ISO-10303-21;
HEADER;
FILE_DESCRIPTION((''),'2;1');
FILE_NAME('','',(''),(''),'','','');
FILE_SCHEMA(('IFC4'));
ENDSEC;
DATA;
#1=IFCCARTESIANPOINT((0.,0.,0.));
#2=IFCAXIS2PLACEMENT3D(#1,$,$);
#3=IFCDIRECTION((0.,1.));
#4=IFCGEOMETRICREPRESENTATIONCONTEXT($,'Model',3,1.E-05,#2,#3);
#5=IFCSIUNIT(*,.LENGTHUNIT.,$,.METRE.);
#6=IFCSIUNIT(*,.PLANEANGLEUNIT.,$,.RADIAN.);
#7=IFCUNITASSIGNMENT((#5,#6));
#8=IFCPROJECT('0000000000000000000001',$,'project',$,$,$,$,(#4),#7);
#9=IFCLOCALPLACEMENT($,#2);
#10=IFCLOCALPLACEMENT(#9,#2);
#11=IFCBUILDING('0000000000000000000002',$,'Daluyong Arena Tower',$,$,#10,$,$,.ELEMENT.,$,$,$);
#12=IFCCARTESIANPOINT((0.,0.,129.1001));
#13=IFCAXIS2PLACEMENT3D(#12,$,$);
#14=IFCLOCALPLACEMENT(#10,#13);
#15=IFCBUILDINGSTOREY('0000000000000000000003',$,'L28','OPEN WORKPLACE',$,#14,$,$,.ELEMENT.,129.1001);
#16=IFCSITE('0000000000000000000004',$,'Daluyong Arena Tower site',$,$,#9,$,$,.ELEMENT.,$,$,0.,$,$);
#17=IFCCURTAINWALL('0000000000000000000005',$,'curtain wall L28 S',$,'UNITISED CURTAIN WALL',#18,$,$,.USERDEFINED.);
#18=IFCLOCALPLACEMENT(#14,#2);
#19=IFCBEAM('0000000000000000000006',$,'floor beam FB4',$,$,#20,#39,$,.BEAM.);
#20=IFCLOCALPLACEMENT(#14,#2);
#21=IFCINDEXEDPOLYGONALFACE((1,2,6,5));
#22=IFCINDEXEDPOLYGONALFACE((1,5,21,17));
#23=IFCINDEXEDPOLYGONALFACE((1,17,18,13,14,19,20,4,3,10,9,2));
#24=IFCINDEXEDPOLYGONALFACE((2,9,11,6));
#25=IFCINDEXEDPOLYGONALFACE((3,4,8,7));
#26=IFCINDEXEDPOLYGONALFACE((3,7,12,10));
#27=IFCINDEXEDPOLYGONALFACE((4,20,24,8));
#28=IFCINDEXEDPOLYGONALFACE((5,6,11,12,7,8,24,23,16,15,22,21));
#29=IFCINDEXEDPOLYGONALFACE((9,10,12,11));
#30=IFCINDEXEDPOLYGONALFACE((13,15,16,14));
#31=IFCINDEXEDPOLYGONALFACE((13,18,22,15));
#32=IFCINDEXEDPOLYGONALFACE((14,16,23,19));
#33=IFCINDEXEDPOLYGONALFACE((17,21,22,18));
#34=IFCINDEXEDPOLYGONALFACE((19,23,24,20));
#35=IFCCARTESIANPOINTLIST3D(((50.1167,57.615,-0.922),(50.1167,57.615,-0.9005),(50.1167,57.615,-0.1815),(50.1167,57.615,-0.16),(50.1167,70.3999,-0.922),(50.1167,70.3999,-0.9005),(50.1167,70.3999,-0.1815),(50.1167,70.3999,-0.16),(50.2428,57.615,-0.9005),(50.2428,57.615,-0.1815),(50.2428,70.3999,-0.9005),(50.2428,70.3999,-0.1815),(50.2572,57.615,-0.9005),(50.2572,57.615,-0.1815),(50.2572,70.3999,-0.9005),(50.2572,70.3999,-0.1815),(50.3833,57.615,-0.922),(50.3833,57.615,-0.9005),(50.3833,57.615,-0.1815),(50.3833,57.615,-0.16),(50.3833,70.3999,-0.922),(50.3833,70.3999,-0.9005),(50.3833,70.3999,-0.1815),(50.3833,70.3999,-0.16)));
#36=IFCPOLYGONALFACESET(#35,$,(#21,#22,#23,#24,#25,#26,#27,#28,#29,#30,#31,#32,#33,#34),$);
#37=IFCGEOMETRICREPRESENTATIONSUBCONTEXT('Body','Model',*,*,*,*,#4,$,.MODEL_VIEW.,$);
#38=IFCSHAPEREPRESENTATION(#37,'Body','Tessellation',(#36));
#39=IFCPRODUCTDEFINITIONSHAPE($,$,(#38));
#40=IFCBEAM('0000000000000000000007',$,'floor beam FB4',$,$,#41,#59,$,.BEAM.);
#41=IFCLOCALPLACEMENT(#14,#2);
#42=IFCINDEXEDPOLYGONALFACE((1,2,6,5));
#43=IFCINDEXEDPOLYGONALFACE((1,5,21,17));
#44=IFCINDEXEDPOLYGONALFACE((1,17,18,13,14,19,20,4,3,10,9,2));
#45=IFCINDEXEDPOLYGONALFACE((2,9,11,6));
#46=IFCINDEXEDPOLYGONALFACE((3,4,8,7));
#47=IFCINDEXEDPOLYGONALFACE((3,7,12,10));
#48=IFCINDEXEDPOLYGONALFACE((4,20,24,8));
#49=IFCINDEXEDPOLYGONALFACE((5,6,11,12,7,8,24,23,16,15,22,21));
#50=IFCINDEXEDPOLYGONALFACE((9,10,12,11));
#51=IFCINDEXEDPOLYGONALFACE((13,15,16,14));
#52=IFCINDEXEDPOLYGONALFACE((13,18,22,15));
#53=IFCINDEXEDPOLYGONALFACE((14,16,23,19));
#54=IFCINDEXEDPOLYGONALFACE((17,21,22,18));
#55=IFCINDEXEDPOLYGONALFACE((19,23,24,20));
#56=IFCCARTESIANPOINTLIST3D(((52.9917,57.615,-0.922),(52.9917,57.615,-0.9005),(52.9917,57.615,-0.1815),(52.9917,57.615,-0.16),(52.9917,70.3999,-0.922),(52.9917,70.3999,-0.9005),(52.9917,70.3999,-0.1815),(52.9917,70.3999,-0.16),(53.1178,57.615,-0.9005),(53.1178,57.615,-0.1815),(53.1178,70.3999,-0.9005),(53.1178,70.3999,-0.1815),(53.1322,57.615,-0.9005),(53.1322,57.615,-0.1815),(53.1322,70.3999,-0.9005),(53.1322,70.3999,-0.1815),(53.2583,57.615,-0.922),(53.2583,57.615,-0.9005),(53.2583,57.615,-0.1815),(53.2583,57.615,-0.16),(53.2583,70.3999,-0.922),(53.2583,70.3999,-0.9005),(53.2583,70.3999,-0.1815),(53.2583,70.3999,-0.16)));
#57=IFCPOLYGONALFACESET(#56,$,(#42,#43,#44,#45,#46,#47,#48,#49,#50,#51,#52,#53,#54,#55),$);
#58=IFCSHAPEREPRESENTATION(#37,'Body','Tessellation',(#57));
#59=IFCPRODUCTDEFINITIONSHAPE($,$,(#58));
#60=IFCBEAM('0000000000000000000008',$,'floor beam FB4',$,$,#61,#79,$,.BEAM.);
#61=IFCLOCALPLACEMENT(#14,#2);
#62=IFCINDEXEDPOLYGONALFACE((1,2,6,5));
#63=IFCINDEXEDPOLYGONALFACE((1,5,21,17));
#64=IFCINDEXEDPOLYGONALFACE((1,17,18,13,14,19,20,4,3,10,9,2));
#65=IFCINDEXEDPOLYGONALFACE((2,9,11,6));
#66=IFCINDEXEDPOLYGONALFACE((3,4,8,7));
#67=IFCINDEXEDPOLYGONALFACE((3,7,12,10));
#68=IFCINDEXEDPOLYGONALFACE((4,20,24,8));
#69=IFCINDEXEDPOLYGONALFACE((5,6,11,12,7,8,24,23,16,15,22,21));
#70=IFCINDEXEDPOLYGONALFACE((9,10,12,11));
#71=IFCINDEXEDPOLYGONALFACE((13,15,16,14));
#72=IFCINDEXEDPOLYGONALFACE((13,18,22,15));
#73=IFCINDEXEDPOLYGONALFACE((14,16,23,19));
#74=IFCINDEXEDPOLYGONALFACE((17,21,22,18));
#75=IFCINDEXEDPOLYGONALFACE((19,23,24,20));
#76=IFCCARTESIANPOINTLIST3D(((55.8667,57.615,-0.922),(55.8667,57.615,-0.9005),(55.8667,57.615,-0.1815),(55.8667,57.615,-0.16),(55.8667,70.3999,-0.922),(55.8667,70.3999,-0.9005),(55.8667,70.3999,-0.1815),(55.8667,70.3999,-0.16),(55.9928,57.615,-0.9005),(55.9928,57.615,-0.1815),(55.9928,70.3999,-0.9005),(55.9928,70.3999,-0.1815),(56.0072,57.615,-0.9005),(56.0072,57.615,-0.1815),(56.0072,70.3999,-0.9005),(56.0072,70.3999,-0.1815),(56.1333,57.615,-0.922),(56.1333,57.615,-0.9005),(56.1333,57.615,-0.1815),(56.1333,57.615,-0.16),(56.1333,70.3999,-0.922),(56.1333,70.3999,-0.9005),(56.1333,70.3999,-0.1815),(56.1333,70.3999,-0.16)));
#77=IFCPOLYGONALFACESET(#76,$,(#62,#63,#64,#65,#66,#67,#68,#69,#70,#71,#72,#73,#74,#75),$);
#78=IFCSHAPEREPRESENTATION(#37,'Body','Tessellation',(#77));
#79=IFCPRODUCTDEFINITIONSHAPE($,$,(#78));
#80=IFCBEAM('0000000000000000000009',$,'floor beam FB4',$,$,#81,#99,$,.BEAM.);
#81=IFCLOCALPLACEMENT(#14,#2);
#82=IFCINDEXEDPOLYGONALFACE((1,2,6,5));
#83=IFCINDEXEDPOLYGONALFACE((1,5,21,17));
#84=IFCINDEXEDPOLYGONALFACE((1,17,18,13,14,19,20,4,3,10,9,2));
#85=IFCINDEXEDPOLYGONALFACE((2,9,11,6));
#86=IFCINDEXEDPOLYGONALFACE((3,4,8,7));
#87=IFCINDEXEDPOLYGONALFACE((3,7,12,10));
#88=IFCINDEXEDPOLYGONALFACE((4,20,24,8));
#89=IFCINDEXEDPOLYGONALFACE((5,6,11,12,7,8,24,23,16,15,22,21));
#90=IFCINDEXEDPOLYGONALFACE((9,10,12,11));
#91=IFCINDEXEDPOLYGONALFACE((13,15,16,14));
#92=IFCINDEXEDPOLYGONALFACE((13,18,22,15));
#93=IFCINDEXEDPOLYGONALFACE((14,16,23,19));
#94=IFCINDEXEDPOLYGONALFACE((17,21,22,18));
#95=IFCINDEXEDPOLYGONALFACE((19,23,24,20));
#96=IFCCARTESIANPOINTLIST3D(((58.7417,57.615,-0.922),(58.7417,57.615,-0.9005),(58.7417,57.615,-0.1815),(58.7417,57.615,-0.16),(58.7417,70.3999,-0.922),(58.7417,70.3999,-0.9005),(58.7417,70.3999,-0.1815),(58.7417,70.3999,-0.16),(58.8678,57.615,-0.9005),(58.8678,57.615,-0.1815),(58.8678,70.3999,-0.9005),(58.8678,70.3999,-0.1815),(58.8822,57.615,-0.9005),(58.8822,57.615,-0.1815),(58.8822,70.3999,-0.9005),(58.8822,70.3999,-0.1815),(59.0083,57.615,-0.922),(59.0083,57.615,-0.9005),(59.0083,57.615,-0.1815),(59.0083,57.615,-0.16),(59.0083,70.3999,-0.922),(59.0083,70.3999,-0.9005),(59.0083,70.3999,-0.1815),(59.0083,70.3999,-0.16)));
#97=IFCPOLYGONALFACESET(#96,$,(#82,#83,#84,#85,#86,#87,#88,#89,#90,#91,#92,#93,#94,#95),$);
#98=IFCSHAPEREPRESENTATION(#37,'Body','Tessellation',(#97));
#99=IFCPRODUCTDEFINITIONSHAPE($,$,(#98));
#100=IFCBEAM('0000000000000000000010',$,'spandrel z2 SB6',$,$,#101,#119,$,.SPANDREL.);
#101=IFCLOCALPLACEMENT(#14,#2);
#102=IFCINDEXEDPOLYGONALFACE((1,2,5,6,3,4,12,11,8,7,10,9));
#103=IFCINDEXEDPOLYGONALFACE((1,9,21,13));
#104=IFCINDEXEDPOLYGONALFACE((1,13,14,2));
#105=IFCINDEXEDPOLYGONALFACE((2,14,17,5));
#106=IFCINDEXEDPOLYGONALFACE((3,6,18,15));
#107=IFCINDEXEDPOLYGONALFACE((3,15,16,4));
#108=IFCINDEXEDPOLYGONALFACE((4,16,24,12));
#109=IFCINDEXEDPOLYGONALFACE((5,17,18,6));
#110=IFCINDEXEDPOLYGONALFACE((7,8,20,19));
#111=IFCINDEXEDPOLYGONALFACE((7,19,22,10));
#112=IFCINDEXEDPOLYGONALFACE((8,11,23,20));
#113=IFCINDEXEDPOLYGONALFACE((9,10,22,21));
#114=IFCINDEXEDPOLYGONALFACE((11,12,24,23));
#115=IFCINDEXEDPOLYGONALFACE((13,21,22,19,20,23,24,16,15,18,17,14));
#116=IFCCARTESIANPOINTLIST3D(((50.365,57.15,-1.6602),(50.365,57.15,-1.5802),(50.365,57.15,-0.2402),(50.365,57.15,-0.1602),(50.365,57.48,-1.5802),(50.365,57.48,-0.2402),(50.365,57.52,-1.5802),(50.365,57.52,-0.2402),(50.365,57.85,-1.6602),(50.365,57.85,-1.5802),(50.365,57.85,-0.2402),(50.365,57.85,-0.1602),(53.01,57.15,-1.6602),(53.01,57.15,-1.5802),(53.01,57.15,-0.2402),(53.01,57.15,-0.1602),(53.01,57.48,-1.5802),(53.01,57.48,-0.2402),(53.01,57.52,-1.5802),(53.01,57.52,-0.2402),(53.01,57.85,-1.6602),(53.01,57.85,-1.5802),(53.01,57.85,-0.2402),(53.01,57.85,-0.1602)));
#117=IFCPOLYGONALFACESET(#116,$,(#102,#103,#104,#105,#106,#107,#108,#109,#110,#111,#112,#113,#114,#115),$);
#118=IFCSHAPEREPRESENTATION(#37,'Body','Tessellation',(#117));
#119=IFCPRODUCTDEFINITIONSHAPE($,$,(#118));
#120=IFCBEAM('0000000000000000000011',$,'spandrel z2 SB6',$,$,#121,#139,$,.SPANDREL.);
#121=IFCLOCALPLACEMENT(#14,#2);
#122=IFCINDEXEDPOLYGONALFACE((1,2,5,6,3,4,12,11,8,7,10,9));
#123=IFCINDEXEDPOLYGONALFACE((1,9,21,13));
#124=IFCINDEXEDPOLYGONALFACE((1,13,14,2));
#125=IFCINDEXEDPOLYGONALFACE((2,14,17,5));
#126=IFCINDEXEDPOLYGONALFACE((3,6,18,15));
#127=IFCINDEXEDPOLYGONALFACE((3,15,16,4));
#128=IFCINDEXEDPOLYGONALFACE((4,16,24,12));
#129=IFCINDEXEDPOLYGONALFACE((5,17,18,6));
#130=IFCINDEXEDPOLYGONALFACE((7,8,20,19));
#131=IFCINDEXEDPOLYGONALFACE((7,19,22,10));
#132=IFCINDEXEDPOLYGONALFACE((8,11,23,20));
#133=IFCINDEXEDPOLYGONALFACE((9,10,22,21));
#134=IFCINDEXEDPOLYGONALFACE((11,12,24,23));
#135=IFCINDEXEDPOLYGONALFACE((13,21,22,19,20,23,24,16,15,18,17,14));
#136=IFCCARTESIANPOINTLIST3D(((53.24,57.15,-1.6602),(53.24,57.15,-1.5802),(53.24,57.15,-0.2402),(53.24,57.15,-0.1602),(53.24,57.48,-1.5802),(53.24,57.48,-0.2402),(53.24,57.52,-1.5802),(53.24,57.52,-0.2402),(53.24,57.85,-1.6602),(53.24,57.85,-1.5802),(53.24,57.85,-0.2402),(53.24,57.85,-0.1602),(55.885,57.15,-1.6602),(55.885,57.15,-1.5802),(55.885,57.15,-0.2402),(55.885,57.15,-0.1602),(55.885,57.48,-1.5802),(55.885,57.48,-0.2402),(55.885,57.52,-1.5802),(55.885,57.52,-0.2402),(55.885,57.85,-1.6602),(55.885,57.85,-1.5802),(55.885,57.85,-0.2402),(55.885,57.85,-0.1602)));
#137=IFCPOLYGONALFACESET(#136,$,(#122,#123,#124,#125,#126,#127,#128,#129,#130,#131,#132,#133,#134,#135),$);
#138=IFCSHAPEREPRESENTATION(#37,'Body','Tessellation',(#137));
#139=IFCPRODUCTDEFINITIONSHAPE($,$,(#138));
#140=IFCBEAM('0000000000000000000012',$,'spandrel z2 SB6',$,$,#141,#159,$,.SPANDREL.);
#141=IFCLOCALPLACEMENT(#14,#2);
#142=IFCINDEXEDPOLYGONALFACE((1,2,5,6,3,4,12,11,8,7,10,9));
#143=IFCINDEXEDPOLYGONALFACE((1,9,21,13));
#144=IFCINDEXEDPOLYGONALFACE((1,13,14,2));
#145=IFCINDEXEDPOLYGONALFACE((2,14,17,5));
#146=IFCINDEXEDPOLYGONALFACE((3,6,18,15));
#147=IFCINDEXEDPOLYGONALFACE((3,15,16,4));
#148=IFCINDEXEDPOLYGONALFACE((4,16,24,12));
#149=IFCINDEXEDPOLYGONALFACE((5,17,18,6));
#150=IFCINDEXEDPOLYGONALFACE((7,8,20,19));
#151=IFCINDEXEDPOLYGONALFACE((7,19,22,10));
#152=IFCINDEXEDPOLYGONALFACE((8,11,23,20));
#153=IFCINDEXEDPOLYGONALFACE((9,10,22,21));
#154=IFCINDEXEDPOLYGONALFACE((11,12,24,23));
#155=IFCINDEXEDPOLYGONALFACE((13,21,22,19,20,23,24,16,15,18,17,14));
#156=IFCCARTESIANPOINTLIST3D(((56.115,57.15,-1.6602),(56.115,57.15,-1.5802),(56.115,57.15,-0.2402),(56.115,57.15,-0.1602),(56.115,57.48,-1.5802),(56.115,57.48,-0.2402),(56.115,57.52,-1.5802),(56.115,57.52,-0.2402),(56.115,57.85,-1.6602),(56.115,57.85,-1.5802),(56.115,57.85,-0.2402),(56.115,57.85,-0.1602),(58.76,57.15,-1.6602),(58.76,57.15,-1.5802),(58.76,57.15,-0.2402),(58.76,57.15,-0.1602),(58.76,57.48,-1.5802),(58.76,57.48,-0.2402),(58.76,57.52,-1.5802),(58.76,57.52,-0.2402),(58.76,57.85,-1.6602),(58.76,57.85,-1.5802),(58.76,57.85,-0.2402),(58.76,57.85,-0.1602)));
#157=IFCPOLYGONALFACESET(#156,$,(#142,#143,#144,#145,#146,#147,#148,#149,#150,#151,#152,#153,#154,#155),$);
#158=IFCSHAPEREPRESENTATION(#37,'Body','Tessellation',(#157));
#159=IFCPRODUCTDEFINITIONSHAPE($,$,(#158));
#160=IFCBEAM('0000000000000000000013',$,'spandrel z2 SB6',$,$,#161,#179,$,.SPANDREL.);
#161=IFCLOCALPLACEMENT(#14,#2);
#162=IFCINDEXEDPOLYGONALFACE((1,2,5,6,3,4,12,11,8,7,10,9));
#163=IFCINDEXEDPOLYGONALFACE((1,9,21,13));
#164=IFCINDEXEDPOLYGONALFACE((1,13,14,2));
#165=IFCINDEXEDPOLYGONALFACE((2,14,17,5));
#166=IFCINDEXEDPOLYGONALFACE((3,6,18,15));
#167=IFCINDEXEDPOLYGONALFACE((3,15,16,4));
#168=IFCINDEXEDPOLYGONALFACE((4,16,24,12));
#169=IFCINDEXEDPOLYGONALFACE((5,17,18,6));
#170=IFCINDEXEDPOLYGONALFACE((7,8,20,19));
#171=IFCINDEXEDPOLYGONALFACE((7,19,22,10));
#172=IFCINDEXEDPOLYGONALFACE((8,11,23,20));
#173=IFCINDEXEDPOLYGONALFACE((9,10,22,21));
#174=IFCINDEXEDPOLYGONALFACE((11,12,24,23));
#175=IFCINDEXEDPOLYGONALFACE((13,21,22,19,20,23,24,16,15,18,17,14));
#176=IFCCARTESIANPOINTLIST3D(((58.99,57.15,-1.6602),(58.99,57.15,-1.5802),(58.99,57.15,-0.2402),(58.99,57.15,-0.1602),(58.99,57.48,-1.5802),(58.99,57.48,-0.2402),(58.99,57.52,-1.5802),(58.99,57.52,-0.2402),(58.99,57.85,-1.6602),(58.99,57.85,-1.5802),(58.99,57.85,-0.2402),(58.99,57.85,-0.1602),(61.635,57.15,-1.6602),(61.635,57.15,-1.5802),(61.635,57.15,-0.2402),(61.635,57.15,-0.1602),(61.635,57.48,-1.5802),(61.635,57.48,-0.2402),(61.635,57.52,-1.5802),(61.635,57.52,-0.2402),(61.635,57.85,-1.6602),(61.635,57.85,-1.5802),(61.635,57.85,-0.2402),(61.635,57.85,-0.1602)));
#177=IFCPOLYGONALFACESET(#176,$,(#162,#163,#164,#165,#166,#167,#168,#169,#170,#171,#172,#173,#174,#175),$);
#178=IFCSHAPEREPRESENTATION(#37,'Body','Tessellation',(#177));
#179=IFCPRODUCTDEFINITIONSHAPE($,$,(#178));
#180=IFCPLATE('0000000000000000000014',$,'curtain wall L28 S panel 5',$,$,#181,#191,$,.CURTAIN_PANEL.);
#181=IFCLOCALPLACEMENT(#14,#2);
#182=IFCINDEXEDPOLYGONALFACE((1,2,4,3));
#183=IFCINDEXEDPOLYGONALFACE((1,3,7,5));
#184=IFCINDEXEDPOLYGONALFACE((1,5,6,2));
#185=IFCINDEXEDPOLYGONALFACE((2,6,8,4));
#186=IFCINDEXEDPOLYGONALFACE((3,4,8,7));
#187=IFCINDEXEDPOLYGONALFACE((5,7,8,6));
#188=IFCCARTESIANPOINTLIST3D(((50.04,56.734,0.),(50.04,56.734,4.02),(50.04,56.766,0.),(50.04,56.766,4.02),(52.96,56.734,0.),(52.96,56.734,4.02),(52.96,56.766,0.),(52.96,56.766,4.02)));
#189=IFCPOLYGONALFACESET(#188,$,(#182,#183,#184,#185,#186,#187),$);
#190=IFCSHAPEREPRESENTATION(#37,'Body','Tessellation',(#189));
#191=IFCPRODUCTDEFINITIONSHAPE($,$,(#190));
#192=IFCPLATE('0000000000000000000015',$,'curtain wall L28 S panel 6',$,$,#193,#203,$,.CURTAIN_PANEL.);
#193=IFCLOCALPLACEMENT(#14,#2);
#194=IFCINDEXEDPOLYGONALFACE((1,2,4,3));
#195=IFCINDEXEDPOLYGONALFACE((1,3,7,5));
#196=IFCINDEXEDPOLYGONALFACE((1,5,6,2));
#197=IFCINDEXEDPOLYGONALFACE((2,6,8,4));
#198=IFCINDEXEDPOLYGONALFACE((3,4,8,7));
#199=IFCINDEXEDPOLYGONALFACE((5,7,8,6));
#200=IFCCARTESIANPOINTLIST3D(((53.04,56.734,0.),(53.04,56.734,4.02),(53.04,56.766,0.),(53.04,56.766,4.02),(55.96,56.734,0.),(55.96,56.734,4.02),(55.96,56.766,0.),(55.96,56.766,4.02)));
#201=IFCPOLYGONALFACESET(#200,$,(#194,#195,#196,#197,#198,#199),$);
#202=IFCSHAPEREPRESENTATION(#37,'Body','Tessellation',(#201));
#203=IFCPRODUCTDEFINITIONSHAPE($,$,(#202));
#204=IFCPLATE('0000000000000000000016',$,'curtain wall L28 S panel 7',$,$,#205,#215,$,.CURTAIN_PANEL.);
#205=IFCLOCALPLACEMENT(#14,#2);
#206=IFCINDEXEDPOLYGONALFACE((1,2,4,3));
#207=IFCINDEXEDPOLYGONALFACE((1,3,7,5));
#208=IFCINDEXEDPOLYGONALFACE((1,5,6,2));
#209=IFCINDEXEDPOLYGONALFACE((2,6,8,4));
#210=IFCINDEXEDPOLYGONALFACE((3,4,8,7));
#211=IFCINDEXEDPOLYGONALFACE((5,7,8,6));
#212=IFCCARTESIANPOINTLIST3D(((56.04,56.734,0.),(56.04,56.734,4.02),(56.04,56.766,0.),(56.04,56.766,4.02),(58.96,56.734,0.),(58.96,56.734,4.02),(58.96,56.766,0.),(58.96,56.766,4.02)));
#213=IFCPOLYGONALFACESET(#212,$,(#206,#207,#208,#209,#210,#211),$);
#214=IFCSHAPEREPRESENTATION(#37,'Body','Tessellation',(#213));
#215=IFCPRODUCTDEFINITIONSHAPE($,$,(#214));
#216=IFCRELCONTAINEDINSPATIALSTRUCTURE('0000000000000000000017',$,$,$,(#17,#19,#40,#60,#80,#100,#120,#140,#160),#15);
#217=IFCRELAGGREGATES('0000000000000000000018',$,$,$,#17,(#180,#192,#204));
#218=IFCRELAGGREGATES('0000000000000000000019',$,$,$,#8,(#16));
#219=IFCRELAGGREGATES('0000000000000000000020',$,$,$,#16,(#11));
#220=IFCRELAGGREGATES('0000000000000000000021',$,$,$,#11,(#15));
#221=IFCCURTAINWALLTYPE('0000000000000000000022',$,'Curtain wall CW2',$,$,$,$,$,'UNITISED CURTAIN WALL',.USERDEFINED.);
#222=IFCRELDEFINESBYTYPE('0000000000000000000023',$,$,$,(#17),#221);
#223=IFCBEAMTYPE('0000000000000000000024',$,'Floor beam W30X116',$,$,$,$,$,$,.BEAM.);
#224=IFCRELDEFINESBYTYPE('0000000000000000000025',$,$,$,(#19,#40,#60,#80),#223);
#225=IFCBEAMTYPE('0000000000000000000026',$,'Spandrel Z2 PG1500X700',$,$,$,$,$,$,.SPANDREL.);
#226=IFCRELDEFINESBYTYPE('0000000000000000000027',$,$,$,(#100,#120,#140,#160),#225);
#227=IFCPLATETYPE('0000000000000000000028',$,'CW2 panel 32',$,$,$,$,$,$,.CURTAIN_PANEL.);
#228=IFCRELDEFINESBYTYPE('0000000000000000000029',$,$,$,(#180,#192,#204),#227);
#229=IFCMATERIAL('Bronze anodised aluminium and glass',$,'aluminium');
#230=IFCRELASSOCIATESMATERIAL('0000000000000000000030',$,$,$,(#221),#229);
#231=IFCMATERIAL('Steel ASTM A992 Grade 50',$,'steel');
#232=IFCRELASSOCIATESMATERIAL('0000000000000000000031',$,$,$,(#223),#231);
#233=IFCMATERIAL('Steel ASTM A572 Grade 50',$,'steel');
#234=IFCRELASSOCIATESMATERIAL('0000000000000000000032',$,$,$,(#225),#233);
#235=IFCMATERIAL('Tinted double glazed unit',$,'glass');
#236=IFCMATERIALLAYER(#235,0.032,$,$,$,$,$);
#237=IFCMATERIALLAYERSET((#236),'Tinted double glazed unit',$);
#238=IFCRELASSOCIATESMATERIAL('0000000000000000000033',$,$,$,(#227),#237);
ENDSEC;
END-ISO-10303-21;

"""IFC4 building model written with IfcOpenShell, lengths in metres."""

from ifc_helpers import new_model, si_unit, direction, frame, origin, origin_2d, place, context, subcontext, project, spatial, rectangle, i_section, extrude, material, layer, layer_set, material_profile, profile_set, type_object, element, aggregate, save


model = new_model("IFC4")

# Units and contexts
model_context = context("Model", 3, precision=1e-05, world=origin(), true_north=direction((0.0, 1.0)))
body_context = subcontext(model_context, "Body", "Model", "MODEL_VIEW")
ifc_project = project(units=[si_unit("LENGTHUNIT", "METRE"), si_unit("PLANEANGLEUNIT", "RADIAN")], contexts=[model_context])

# Site, building, storey
site_placement = place(None, origin())
site = spatial("IfcSite", under=ifc_project, at=site_placement, Name="Daluyong Arena Tower site", CompositionType="ELEMENT", RefElevation=0.0)
building_placement = place(site_placement, origin())
building = spatial("IfcBuilding", under=site, at=building_placement, Name="Daluyong Arena Tower", CompositionType="ELEMENT")
storey_placement = place(building_placement, frame((0.0, 0.0, 129.1001)))
storey = spatial("IfcBuildingStorey", under=building, at=storey_placement, Name="L28", Description="OPEN WORKPLACE", CompositionType="ELEMENT", Elevation=129.1001)

# Curtain wall
ifc_material_1 = material(Name="Bronze anodised aluminium and glass", Category="aluminium")
curtain_wall_type = type_object("IfcCurtainWallType", Name="Curtain wall CW2", ElementType="UNITISED CURTAIN WALL", PredefinedType="USERDEFINED", material=ifc_material_1)
curtain_wall_placement = place(storey_placement, origin())
curtain_wall = element("IfcCurtainWall", 1, at=curtain_wall_placement, inside=storey, type_object=curtain_wall_type, Name="curtain wall L28 S", ObjectType="UNITISED CURTAIN WALL", PredefinedType="USERDEFINED")

# Beams
ifc_material_2 = material(Name="Steel ASTM A992 Grade 50", Category="steel")
ifc_material_profile_1 = material_profile(ifc_material_2, i_section(OverallWidth=0.2666, OverallDepth=0.762, WebThickness=0.0144, FlangeThickness=0.0215, at=origin_2d()))
ifc_profile_set_1 = profile_set([ifc_material_profile_1], Name="Steel ASTM A992 Grade 50")
beam_type_1 = type_object("IfcBeamType", Name="Floor beam W30X116", PredefinedType="BEAM", material=ifc_profile_set_1)
for number, where, z_axis, x_axis, name in (
    (2, (50.25, 57.615, -0.541), (0.0, 1.0, 0.0), (-1.0, 0.0, 0.0), "floor beam FB4"),
    (3, (53.125, 57.615, -0.541), (0.0, 1.0, 0.0), (-1.0, 0.0, 0.0), "floor beam FB4"),
    (4, (56.0, 57.615, -0.541), (0.0, 1.0, 0.0), (-1.0, 0.0, 0.0), "floor beam FB4"),
    (5, (58.875, 57.615, -0.541), (0.0, 1.0, 0.0), (-1.0, 0.0, 0.0), "floor beam FB4"),
):
    element("IfcBeam", number, at=place(storey_placement, frame(where, z_axis=z_axis, x_axis=x_axis)), inside=storey, type_object=beam_type_1, Name=name, PredefinedType="BEAM", context=body_context, shape_type="SweptSolid", body=[
        extrude(i_section(OverallWidth=0.2666, OverallDepth=0.762, WebThickness=0.0144, FlangeThickness=0.0215, at=origin_2d()), origin(), (0.0, 0.0, 1.0), 12.7849),
    ])
ifc_material_3 = material(Name="Steel ASTM A572 Grade 50", Category="steel")
ifc_material_profile_2 = material_profile(ifc_material_3, i_section(OverallWidth=0.7, OverallDepth=1.5, WebThickness=0.04, FlangeThickness=0.08, at=origin_2d()))
ifc_profile_set_2 = profile_set([ifc_material_profile_2], Name="Steel ASTM A572 Grade 50")
beam_type_2 = type_object("IfcBeamType", Name="Spandrel Z2 PG1500X700", PredefinedType="SPANDREL", material=ifc_profile_set_2)
for number, where, z_axis, x_axis, name in (
    (6, (50.365, 57.5, -0.9102), (1.0, 0.0, 0.0), (0.0, 1.0, 0.0), "spandrel z2 SB6"),
    (7, (53.24, 57.5, -0.9102), (1.0, 0.0, 0.0), (0.0, 1.0, 0.0), "spandrel z2 SB6"),
    (8, (56.115, 57.5, -0.9102), (1.0, 0.0, 0.0), (0.0, 1.0, 0.0), "spandrel z2 SB6"),
    (9, (58.99, 57.5, -0.9102), (1.0, 0.0, 0.0), (0.0, 1.0, 0.0), "spandrel z2 SB6"),
):
    element("IfcBeam", number, at=place(storey_placement, frame(where, z_axis=z_axis, x_axis=x_axis)), inside=storey, type_object=beam_type_2, Name=name, PredefinedType="SPANDREL", context=body_context, shape_type="SweptSolid", body=[
        extrude(i_section(OverallWidth=0.7, OverallDepth=1.5, WebThickness=0.04, FlangeThickness=0.08, at=origin_2d()), origin(), (0.0, 0.0, 1.0), 2.645),
    ])

# Plates
ifc_material_4 = material(Name="Tinted double glazed unit", Category="glass")
ifc_layer_1 = layer(ifc_material_4, 0.032)
ifc_layer_set_1 = layer_set([ifc_layer_1], Name="Tinted double glazed unit")
plate_type = type_object("IfcPlateType", Name="CW2 panel 32", PredefinedType="CURTAIN_PANEL", material=ifc_layer_set_1)
plate_1_placement = place(storey_placement, frame((51.5, 56.75, 0.0), z_axis=(0.0, 0.0, 1.0), x_axis=(1.0, 0.0, 0.0)))
plate_1 = element("IfcPlate", 10, at=plate_1_placement, type_object=plate_type, Name="curtain wall L28 S panel 5", PredefinedType="CURTAIN_PANEL", context=body_context, shape_type="SweptSolid", body=[
    extrude(rectangle(XDim=2.9199, YDim=0.032, at=origin_2d()), origin(), (0.0, 0.0, 1.0), 4.02),
])
plate_2_placement = place(storey_placement, frame((54.5, 56.75, 0.0), z_axis=(0.0, 0.0, 1.0), x_axis=(1.0, 0.0, 0.0)))
plate_2 = element("IfcPlate", 11, at=plate_2_placement, type_object=plate_type, Name="curtain wall L28 S panel 6", PredefinedType="CURTAIN_PANEL", context=body_context, shape_type="SweptSolid", body=[
    extrude(rectangle(XDim=2.9199, YDim=0.032, at=origin_2d()), origin(), (0.0, 0.0, 1.0), 4.02),
])
plate_3_placement = place(storey_placement, frame((57.5, 56.75, 0.0), z_axis=(0.0, 0.0, 1.0), x_axis=(1.0, 0.0, 0.0)))
plate_3 = element("IfcPlate", 12, at=plate_3_placement, type_object=plate_type, Name="curtain wall L28 S panel 7", PredefinedType="CURTAIN_PANEL", context=body_context, shape_type="SweptSolid", body=[
    extrude(rectangle(XDim=2.9199, YDim=0.032, at=origin_2d()), origin(), (0.0, 0.0, 1.0), 4.02),
])
aggregate(curtain_wall, [plate_1, plate_2, plate_3])

save(model, "model.ifc")
